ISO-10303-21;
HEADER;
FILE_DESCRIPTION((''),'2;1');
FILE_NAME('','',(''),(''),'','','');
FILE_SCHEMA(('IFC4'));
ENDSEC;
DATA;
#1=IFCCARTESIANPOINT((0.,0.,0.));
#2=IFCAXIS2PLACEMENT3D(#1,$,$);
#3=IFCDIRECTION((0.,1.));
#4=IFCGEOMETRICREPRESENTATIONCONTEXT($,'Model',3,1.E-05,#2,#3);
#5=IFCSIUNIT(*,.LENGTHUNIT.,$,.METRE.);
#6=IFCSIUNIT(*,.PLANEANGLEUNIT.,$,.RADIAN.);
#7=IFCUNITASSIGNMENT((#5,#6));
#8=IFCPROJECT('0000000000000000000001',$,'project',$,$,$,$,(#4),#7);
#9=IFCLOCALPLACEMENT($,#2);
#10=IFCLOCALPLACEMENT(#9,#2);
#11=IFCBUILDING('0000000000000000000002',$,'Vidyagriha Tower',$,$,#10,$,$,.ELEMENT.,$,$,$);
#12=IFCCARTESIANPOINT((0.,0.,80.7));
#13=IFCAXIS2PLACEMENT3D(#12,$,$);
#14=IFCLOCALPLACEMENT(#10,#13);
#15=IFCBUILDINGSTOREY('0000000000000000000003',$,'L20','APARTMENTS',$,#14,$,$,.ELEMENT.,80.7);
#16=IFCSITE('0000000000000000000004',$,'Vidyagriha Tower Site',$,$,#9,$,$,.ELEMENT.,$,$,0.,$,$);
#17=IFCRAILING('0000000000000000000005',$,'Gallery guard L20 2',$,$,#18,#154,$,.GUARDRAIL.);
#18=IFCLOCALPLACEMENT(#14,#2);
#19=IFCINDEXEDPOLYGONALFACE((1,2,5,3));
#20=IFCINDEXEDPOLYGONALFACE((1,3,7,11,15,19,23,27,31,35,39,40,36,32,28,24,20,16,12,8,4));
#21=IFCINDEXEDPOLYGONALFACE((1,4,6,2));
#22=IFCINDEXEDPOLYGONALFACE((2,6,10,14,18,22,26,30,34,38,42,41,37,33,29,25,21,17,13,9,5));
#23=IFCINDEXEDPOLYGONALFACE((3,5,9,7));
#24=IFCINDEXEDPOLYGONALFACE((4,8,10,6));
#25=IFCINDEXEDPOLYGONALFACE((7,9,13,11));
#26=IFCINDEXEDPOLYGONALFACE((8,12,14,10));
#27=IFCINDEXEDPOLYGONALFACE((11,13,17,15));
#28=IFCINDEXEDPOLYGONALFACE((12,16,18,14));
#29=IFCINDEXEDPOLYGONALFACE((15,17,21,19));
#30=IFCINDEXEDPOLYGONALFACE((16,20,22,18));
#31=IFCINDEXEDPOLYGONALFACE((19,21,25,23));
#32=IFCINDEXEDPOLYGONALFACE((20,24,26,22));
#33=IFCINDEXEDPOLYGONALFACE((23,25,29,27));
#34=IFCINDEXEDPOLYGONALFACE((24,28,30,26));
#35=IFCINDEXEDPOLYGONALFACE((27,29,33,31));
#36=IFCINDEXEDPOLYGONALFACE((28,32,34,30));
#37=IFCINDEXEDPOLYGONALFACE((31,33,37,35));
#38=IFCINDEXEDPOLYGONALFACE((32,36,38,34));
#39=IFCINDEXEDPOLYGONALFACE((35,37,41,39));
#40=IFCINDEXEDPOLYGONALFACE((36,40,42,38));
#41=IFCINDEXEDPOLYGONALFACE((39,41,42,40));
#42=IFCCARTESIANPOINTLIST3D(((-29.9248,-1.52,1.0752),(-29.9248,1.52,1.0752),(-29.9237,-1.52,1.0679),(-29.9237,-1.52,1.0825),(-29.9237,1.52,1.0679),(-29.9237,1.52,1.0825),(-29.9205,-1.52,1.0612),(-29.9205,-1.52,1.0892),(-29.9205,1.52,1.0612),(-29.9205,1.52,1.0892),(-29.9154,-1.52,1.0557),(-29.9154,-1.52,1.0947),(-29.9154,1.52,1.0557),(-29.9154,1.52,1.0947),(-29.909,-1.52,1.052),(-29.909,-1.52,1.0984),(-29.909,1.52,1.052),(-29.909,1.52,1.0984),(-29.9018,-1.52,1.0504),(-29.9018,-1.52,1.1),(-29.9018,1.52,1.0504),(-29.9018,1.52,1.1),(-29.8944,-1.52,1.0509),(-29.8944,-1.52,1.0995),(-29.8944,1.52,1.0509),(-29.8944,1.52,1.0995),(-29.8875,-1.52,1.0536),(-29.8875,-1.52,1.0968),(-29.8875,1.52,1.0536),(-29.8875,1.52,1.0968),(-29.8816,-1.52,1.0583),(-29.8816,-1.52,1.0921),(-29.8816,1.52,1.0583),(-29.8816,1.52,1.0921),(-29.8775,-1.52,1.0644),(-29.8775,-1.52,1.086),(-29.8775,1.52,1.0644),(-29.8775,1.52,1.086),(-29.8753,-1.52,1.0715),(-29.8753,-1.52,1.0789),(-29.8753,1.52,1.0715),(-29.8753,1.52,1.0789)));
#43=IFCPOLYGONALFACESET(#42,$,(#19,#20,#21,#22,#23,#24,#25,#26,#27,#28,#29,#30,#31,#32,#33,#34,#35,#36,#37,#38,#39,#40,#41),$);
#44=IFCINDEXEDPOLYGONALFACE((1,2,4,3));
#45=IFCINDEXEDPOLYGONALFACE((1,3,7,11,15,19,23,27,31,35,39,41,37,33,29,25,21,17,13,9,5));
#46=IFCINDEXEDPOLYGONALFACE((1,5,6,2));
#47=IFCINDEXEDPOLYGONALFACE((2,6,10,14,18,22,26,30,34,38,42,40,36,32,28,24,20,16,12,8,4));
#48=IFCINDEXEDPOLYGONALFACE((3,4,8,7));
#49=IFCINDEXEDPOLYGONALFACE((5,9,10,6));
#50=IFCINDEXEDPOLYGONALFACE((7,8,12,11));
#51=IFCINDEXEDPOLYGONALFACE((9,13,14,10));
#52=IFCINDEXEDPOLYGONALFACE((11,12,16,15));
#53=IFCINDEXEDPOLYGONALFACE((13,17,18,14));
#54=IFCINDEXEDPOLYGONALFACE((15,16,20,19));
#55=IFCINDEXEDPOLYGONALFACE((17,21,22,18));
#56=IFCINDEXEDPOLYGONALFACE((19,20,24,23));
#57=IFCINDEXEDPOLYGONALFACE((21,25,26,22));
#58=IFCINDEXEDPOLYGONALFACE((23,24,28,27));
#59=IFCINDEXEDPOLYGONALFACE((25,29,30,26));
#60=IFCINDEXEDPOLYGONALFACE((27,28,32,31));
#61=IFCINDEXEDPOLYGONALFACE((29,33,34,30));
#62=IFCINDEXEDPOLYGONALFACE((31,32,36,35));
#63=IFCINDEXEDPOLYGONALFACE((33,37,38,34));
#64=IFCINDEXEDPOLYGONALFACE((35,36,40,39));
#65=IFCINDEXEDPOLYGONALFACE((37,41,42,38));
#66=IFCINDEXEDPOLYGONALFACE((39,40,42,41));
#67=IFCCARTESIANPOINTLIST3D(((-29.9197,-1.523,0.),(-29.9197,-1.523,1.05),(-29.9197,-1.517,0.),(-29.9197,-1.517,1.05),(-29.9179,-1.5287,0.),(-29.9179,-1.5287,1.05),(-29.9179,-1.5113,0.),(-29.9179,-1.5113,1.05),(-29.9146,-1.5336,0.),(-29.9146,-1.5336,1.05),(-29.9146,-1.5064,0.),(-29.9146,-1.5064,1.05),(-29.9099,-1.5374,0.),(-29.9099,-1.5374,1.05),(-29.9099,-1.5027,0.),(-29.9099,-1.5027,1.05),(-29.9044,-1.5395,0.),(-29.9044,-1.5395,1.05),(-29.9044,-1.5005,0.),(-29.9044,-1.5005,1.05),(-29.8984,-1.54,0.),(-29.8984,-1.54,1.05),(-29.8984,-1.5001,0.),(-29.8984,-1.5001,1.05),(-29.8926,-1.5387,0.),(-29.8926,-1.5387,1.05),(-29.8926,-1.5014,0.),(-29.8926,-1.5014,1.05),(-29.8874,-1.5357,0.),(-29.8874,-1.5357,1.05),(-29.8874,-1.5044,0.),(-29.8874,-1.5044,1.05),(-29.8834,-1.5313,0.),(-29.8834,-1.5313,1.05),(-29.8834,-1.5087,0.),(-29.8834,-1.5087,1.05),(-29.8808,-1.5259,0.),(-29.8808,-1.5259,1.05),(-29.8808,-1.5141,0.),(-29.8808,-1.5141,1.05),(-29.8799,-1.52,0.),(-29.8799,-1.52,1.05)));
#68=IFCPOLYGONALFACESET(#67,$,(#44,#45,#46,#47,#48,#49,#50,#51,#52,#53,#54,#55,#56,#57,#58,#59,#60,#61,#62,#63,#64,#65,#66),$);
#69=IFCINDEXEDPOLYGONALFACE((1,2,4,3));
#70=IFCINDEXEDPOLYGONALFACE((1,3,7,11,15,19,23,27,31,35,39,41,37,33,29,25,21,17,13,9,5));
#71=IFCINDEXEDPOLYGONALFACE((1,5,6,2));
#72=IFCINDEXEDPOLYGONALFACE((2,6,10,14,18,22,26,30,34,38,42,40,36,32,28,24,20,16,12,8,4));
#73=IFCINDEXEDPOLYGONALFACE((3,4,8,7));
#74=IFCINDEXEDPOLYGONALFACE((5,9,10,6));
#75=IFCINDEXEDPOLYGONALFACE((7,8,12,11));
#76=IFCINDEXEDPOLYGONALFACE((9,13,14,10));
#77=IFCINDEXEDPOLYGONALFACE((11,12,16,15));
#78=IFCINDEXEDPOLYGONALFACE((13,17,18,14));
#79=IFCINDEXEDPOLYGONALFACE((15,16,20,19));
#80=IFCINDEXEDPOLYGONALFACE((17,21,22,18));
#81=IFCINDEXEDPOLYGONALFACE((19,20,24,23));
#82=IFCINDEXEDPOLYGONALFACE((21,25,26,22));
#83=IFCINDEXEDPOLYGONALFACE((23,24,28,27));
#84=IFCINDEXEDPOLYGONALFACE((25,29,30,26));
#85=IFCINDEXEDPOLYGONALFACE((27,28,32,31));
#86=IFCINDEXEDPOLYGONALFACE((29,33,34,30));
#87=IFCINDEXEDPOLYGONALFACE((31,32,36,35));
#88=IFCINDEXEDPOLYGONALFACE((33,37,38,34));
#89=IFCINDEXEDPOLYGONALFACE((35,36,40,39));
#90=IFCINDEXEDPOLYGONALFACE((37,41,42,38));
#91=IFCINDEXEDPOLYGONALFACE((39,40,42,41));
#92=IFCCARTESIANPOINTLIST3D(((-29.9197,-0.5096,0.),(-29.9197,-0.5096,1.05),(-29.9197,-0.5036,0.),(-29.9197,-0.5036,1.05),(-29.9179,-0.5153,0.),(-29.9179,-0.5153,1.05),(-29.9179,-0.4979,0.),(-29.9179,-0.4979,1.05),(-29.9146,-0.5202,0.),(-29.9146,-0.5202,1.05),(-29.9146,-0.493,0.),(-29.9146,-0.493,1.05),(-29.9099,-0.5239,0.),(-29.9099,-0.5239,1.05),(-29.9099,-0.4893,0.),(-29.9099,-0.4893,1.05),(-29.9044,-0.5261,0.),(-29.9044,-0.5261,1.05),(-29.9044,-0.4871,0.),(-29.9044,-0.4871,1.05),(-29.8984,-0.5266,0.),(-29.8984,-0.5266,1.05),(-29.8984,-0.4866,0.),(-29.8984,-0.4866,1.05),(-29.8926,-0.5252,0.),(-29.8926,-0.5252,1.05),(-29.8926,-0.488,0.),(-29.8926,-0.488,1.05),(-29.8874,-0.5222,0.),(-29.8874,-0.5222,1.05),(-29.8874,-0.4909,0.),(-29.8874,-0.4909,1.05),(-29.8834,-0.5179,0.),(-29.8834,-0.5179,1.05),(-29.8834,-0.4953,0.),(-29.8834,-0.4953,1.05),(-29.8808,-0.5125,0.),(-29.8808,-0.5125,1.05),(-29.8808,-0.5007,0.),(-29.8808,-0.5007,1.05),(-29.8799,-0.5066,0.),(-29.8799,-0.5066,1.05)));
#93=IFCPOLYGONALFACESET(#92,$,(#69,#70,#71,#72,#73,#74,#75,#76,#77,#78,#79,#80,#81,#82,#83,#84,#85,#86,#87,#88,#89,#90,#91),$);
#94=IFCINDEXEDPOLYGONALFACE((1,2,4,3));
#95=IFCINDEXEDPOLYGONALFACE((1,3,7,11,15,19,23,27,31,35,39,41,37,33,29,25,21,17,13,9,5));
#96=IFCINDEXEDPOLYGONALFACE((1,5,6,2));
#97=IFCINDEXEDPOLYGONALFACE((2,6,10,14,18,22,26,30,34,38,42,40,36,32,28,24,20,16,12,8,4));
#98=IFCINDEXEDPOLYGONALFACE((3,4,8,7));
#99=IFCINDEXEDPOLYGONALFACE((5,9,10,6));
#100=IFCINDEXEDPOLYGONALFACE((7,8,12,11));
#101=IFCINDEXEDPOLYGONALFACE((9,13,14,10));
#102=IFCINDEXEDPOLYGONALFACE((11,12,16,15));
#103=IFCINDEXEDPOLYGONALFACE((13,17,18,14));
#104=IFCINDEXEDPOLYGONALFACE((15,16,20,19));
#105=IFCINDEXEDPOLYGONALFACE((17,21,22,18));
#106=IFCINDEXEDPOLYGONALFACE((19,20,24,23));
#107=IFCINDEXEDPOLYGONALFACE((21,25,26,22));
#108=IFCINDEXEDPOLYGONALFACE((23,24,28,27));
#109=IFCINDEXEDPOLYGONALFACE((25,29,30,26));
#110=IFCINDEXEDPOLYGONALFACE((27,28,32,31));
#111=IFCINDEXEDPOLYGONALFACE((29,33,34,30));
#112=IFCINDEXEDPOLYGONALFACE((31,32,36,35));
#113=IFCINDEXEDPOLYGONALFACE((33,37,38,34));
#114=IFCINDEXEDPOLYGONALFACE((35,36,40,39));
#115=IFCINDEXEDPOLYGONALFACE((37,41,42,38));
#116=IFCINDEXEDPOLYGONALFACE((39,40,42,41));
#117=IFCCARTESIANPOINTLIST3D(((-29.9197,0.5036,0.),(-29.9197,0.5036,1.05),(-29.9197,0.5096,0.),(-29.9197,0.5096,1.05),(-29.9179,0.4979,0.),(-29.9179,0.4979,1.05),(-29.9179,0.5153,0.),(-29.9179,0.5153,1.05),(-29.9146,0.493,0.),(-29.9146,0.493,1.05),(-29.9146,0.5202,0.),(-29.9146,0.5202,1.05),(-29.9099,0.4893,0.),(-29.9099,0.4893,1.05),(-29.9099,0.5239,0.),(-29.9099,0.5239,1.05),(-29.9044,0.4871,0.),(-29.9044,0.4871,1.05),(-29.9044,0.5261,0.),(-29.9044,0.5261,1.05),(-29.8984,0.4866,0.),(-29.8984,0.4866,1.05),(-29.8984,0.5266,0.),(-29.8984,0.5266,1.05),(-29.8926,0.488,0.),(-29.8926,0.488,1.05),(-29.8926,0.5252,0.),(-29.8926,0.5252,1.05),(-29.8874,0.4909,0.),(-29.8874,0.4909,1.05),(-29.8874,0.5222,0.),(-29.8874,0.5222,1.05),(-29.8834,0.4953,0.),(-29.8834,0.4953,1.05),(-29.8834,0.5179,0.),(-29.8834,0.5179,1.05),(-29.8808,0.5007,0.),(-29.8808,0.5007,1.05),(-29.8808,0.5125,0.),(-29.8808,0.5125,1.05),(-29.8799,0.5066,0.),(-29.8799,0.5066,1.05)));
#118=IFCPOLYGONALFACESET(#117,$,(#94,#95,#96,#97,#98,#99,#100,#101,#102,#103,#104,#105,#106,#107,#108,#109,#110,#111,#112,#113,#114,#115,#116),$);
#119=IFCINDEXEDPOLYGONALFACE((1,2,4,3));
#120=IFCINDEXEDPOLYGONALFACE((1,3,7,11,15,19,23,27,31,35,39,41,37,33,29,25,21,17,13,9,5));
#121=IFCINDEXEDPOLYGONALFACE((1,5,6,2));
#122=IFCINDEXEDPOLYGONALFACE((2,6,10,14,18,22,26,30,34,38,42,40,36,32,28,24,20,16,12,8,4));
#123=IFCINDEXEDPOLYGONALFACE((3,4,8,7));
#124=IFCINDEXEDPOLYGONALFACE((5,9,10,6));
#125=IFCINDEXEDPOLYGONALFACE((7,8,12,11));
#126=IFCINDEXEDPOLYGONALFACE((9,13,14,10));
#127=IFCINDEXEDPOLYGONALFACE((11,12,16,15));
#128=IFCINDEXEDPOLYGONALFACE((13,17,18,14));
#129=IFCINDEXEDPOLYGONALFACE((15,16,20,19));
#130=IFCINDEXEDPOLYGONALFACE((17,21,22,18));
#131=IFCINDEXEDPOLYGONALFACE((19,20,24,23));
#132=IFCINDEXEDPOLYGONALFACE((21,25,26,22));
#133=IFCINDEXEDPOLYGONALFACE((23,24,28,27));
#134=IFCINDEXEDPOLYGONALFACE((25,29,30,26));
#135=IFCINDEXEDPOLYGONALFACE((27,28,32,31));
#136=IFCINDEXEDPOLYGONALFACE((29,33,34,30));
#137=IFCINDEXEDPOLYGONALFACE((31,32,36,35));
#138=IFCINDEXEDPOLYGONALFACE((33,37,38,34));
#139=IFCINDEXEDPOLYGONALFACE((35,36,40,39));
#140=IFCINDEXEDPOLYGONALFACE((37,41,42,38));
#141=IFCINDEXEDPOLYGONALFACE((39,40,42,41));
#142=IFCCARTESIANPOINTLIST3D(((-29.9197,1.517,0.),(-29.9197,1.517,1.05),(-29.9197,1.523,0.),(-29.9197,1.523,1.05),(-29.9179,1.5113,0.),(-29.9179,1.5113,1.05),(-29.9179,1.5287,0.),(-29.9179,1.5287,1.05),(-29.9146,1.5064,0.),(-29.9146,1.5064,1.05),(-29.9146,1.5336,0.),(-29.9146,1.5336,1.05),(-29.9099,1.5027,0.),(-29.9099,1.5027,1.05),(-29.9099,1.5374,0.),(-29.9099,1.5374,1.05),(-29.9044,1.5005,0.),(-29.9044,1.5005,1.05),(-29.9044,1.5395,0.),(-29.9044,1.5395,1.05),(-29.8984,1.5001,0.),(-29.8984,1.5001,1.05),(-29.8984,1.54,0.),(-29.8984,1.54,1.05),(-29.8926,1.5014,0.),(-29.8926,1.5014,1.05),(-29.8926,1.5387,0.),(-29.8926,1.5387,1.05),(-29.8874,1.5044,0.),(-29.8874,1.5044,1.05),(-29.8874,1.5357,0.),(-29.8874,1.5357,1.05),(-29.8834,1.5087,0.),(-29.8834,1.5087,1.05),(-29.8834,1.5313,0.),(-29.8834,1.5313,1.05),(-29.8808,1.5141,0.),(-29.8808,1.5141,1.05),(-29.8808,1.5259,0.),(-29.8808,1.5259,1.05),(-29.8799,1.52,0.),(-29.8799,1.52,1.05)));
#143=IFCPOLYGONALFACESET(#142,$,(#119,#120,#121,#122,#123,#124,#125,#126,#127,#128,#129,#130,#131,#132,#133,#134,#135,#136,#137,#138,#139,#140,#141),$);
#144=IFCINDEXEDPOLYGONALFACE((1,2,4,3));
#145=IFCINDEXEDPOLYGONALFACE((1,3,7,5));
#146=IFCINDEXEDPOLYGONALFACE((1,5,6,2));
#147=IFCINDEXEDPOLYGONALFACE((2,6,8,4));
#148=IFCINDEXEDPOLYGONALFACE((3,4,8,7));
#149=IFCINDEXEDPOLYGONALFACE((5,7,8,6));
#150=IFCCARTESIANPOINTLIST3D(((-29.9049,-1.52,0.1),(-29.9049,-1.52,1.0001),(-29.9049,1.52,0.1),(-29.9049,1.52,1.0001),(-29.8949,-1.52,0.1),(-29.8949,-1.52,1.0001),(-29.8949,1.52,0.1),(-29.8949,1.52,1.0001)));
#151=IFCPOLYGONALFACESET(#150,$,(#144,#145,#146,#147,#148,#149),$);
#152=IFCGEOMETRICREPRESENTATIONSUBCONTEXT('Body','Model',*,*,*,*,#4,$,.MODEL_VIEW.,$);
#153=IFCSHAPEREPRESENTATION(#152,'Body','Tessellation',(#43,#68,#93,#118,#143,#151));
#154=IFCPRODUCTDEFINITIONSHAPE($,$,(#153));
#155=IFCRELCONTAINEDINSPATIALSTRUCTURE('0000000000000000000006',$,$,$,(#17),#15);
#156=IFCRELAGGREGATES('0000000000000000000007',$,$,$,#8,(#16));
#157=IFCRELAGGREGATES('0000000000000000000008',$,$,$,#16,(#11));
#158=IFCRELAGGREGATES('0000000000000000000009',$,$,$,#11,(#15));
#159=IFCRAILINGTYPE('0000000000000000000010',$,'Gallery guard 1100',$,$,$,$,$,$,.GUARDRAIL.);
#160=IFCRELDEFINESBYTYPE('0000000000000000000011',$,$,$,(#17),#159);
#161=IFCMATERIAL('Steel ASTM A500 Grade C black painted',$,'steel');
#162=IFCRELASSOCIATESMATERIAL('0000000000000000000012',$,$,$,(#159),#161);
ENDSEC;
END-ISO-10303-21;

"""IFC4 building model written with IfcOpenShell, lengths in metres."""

from ifc_helpers import new_model, si_unit, direction, frame, origin, origin_2d, place, context, subcontext, project, spatial, rectangle, circle, extrude, material, type_object, element, save


model = new_model("IFC4")

# Units and contexts
model_context = context("Model", 3, precision=1e-05, world=origin(), true_north=direction((0.0, 1.0)))
body_context = subcontext(model_context, "Body", "Model", "MODEL_VIEW")
ifc_project = project(units=[si_unit("LENGTHUNIT", "METRE"), si_unit("PLANEANGLEUNIT", "RADIAN")], contexts=[model_context])

# Site, building, storey
site_placement = place(None, origin())
site = spatial("IfcSite", under=ifc_project, at=site_placement, Name="Vidyagriha Tower Site", CompositionType="ELEMENT", RefElevation=0.0)
building_placement = place(site_placement, origin())
building = spatial("IfcBuilding", under=site, at=building_placement, Name="Vidyagriha Tower", CompositionType="ELEMENT")
storey_placement = place(building_placement, frame((0.0, 0.0, 80.7)))
storey = spatial("IfcBuildingStorey", under=building, at=storey_placement, Name="L20", Description="APARTMENTS", CompositionType="ELEMENT", Elevation=80.7)

# Railing
ifc_material_1 = material(Name="Steel ASTM A500 Grade C black painted", Category="steel")
railing_type_1 = type_object("IfcRailingType", Name="Gallery guard 1100", PredefinedType="GUARDRAIL", material=ifc_material_1)
railing_1_placement = place(storey_placement, frame((-29.8999, -1.52, 0.0)))
element("IfcRailing", 1, at=railing_1_placement, inside=storey, type_object=railing_type_1, Name="Gallery guard L20 2", PredefinedType="GUARDRAIL", context=body_context, shape_type="SweptSolid", body=[
    extrude(circle(Radius=0.0249, at=origin_2d()), frame((0.0, 0.0, 1.0752), z_axis=(0.0, 1.0, 0.0), x_axis=(-1.0, 0.0, 0.0)), (0.0, 0.0, 1.0), 3.04),
    extrude(circle(Radius=0.02, at=origin_2d()), origin(), (0.0, 0.0, 1.0), 1.05),
    extrude(circle(Radius=0.02, at=origin_2d()), frame((0.0, 1.0134, 0.0)), (0.0, 0.0, 1.0), 1.05),
    extrude(circle(Radius=0.02, at=origin_2d()), frame((0.0, 2.0266, 0.0)), (0.0, 0.0, 1.0), 1.05),
    extrude(circle(Radius=0.02, at=origin_2d()), frame((0.0, 3.04, 0.0)), (0.0, 0.0, 1.0), 1.05),
    extrude(rectangle(XDim=0.01, YDim=0.9001, at=origin_2d()), frame((0.0, 0.0, 0.55), z_axis=(0.0, 1.0, 0.0), x_axis=(-1.0, 0.0, 0.0)), (0.0, 0.0, 1.0), 3.04),
])

save(model, "model.ifc")
